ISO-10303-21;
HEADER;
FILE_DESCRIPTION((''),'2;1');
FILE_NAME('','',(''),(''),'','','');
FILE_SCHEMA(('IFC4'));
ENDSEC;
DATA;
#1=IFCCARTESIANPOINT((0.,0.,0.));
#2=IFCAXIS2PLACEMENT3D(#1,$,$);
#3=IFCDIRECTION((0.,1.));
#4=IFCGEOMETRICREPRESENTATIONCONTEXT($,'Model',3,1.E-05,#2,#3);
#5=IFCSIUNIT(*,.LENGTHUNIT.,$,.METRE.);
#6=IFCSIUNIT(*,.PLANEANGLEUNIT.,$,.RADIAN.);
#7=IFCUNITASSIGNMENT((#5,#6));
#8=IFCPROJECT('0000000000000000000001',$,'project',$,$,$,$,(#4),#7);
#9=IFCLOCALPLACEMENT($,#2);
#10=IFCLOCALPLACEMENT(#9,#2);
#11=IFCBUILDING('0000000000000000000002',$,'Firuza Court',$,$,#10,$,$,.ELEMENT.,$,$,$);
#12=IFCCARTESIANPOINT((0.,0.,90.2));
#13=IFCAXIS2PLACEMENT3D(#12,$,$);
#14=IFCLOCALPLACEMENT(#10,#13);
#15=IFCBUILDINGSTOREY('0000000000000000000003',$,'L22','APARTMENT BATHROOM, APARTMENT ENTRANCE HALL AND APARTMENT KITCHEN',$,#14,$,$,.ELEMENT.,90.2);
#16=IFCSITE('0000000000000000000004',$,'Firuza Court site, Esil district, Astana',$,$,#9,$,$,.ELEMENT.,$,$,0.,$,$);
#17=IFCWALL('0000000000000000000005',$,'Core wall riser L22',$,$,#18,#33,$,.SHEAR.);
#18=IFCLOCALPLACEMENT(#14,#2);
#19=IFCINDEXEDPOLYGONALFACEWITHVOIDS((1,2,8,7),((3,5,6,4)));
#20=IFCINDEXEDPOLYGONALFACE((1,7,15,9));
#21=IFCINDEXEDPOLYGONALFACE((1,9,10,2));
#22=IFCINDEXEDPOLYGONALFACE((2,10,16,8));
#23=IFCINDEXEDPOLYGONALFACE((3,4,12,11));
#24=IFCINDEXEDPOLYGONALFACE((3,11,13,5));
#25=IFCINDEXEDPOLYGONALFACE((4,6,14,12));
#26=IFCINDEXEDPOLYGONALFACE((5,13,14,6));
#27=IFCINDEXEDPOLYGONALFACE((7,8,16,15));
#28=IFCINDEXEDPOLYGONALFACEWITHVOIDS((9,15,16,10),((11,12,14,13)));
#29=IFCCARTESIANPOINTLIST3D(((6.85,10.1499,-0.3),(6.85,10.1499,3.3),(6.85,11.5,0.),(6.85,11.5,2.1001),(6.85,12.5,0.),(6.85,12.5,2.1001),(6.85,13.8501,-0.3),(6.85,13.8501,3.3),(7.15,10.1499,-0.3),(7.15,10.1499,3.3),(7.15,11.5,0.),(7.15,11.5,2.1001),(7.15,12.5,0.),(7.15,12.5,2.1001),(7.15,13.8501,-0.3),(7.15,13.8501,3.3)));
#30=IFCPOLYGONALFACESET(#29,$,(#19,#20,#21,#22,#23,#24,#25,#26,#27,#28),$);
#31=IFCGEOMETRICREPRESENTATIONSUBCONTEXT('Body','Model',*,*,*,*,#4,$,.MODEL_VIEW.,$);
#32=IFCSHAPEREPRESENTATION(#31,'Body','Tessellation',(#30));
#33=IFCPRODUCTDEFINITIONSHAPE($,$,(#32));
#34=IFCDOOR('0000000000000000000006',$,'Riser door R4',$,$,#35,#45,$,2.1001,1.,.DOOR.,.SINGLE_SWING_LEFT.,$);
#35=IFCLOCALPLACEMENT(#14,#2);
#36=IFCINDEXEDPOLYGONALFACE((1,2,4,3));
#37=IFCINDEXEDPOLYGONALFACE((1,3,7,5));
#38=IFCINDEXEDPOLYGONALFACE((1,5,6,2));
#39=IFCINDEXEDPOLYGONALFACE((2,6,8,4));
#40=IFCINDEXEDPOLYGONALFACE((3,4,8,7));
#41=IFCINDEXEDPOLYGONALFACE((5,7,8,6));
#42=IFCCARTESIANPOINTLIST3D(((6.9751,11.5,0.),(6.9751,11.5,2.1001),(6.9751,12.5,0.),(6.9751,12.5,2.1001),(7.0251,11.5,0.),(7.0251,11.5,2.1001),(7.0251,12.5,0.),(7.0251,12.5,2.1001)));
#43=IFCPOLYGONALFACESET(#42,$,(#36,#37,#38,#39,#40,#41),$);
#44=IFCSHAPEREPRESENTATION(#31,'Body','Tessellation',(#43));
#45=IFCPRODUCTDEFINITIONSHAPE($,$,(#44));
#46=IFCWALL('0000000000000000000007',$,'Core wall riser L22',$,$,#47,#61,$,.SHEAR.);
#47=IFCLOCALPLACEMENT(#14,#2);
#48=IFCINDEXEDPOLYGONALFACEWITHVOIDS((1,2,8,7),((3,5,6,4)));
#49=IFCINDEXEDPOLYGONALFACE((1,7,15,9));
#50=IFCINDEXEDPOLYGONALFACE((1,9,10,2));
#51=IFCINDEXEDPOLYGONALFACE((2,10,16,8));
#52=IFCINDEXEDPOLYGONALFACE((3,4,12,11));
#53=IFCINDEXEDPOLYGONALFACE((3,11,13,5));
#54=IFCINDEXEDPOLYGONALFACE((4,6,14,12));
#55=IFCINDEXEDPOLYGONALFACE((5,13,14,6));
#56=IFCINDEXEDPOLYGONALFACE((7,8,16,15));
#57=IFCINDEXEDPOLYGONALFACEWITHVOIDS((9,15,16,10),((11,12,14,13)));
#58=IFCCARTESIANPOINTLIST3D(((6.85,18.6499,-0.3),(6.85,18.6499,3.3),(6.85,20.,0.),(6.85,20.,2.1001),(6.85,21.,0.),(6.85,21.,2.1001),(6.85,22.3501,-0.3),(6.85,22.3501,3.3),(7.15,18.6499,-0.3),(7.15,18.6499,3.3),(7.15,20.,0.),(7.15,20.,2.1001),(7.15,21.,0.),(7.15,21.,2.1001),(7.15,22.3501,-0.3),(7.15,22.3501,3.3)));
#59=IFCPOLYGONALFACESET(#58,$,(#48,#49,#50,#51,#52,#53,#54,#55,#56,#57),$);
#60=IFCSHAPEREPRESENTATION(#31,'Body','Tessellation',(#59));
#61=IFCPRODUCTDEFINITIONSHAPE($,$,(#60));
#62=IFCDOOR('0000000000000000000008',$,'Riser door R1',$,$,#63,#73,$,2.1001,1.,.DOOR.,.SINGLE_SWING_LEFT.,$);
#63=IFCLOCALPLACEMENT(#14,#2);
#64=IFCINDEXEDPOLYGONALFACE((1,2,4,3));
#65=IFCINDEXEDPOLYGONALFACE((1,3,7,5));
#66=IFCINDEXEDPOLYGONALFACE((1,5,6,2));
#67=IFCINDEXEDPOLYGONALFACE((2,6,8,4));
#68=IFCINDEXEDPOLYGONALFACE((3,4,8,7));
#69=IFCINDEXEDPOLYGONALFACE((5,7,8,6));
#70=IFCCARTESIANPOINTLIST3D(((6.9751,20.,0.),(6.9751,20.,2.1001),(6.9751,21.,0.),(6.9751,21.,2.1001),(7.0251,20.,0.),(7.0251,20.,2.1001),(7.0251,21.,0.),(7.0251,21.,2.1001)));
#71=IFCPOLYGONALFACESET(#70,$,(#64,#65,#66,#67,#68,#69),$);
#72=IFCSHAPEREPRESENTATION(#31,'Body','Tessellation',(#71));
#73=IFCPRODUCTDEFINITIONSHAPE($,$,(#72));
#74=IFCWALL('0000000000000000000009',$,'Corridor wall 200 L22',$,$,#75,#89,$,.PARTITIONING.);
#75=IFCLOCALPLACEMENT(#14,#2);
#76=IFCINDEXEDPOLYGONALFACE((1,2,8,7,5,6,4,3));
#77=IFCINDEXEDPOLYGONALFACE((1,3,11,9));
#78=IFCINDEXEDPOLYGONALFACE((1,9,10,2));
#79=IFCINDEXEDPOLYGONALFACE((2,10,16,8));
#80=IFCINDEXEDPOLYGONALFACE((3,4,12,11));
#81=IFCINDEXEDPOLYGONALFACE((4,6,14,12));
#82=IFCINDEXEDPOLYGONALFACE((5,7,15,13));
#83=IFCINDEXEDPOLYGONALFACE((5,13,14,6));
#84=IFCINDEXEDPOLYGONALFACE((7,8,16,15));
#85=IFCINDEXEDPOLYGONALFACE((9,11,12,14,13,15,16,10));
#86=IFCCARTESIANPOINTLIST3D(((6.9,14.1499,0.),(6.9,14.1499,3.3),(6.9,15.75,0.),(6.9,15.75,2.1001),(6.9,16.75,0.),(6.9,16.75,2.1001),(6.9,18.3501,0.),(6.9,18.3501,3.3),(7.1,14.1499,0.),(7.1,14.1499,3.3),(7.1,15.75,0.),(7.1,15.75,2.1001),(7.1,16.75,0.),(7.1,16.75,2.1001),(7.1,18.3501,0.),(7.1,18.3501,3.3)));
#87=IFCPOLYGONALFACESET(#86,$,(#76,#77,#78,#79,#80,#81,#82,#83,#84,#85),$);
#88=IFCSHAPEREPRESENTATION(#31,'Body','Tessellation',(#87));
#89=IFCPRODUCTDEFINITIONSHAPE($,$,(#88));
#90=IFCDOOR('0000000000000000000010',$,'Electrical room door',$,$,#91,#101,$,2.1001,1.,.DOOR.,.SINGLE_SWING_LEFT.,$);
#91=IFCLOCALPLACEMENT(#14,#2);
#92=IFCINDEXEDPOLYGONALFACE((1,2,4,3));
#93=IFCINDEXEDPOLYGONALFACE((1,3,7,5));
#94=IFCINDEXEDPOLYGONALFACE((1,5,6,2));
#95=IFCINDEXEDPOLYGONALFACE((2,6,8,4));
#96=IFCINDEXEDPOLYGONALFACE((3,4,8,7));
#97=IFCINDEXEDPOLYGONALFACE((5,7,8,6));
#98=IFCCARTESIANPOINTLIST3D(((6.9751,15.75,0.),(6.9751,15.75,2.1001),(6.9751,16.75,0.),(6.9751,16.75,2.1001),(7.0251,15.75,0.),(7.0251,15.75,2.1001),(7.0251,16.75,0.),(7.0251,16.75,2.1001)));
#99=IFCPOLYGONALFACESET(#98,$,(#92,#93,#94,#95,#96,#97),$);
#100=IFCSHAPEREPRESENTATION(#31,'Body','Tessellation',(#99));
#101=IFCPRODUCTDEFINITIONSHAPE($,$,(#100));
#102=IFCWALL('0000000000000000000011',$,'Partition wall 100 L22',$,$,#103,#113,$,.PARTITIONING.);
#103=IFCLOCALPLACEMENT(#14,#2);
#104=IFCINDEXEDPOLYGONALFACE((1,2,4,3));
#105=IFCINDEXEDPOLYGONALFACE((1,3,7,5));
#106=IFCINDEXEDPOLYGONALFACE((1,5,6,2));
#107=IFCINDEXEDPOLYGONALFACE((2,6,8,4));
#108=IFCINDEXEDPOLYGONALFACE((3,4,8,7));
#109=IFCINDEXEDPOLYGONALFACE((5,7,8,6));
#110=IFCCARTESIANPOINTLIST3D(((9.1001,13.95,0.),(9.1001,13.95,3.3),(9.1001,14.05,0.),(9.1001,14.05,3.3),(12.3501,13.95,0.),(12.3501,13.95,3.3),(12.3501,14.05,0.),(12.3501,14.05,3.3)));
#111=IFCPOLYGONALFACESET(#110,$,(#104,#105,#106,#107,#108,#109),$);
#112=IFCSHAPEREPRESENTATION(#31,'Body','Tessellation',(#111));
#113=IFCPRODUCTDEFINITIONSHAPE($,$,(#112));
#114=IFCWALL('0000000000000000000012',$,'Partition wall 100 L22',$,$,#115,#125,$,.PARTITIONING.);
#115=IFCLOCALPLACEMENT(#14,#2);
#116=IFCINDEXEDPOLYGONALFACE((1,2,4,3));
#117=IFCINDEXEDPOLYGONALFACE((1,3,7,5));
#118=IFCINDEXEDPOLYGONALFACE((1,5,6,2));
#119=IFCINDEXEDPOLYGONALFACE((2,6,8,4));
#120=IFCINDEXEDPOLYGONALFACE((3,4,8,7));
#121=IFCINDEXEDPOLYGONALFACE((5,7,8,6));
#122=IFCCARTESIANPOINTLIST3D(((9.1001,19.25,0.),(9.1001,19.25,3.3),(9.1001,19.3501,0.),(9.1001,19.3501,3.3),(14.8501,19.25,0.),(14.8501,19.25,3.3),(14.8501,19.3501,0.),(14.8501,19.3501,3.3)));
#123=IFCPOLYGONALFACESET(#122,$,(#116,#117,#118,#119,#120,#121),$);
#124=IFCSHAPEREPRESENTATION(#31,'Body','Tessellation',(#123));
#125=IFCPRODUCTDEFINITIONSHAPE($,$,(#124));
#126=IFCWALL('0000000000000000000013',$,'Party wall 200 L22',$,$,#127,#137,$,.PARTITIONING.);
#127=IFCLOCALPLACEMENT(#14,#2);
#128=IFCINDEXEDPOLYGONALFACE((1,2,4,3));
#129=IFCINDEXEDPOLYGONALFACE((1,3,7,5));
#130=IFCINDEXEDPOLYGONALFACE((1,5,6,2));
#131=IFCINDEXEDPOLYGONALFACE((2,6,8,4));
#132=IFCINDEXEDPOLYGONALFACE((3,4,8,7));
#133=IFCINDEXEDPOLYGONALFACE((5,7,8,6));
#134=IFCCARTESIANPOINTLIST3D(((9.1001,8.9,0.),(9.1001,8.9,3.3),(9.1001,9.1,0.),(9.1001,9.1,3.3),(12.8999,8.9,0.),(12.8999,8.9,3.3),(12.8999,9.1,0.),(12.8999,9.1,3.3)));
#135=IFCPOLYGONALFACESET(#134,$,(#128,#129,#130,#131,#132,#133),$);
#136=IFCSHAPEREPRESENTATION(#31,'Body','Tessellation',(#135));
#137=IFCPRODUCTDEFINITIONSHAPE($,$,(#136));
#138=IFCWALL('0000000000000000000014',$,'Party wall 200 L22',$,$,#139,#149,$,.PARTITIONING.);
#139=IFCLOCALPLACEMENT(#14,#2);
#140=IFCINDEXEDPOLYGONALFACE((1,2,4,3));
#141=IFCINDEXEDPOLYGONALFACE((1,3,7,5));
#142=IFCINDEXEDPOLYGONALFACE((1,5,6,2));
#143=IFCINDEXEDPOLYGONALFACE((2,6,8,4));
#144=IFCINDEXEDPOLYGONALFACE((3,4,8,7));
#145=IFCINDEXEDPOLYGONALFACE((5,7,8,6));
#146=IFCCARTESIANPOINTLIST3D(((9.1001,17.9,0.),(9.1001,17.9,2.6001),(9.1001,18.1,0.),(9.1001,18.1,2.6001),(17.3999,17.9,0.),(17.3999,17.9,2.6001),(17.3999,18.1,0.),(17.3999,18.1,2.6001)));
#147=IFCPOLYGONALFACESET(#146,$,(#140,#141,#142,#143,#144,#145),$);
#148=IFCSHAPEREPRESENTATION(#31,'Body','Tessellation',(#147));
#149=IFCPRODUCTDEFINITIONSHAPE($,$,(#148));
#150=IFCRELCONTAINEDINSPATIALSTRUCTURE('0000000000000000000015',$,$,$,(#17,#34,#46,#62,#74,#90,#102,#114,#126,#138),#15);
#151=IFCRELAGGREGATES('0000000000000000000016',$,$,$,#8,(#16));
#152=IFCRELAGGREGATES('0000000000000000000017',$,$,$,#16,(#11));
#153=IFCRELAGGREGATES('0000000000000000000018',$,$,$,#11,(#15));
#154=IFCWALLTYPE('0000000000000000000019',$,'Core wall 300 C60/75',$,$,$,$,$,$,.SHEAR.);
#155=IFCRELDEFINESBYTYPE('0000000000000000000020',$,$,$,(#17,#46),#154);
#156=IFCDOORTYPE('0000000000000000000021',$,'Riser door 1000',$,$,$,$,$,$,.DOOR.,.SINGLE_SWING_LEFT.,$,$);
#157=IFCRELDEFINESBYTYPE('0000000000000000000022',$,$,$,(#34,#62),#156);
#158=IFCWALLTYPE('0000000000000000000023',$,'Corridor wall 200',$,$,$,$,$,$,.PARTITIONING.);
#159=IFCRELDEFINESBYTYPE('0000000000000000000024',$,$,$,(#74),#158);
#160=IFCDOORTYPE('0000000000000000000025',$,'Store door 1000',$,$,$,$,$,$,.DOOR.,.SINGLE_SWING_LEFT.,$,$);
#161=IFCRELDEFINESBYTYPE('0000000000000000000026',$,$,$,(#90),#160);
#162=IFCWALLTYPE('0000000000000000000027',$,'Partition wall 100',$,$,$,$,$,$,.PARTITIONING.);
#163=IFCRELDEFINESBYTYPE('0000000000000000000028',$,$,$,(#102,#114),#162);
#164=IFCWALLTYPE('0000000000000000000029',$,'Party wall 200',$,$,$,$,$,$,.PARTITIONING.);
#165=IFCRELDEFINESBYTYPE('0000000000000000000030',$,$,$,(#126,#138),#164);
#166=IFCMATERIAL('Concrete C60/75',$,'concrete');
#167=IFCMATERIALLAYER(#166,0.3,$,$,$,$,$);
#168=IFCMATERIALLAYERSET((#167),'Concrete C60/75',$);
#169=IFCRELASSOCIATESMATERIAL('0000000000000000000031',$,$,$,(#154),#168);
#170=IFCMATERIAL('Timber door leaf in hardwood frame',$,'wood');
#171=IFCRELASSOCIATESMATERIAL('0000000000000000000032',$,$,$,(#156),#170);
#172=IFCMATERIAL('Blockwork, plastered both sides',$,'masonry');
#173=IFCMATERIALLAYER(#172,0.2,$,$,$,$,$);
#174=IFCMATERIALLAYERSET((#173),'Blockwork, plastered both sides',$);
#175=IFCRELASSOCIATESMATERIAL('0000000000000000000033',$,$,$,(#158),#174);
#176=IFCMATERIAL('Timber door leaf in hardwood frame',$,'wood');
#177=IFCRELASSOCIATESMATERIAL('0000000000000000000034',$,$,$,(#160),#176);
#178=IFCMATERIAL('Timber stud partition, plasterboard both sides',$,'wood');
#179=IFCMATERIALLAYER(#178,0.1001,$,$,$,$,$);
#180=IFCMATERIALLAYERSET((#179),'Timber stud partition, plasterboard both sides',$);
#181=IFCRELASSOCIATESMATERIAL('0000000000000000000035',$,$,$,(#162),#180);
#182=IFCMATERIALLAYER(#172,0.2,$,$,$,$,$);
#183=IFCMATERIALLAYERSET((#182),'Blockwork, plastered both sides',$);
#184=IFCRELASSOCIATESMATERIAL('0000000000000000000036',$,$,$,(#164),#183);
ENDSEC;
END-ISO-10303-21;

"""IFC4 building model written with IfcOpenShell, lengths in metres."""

from ifc_helpers import new_model, si_unit, direction, frame, frame_2d, origin, place, context, subcontext, project, spatial, rectangle, extrude, material, layer, layer_set, type_object, element, fill, save


model = new_model("IFC4")

# Units and contexts
model_context = context("Model", 3, precision=1e-05, world=origin(), true_north=direction((0.0, 1.0)))
body_context = subcontext(model_context, "Body", "Model", "MODEL_VIEW")
ifc_project = project(units=[si_unit("LENGTHUNIT", "METRE"), si_unit("PLANEANGLEUNIT", "RADIAN")], contexts=[model_context])

# Site, building, storey
site_placement = place(None, origin())
site = spatial("IfcSite", under=ifc_project, at=site_placement, Name="Firuza Court site, Esil district, Astana", CompositionType="ELEMENT", RefElevation=0.0)
building_placement = place(site_placement, origin())
building = spatial("IfcBuilding", under=site, at=building_placement, Name="Firuza Court", CompositionType="ELEMENT")
storey_placement = place(building_placement, frame((0.0, 0.0, 90.2)))
storey = spatial("IfcBuildingStorey", under=building, at=storey_placement, Name="L22", Description="APARTMENT BATHROOM, APARTMENT ENTRANCE HALL AND APARTMENT KITCHEN", CompositionType="ELEMENT", Elevation=90.2)

# Shared definitions
ifc_material_1 = material(Name="Concrete C60/75", Category="concrete")
ifc_layer_1 = layer(ifc_material_1, 0.3)
ifc_layer_set_1 = layer_set([ifc_layer_1], Name="Concrete C60/75")
wall_type_1 = type_object("IfcWallType", Name="Core wall 300 C60/75", PredefinedType="SHEAR", material=ifc_layer_set_1)

# Walls, openings, doors
wall_1_placement = place(storey_placement, frame((7.0, 10.1499, -0.3), z_axis=(0.0, 0.0, 1.0), x_axis=(0.0, 1.0, 0.0)))
wall_1 = element("IfcWall", 1, at=wall_1_placement, inside=storey, type_object=wall_type_1, Name="Core wall riser L22", PredefinedType="SHEAR", context=body_context, shape_type="SweptSolid", body=[
    extrude(rectangle(XDim=3.7002, YDim=0.3, at=frame_2d((1.8501, 0.0))), origin(), (0.0, 0.0, 1.0), 3.6001),
])
opening_1_placement = place(wall_1_placement, frame((1.3501, 0.0, 0.3)))
opening_1 = element("IfcOpeningElement", 2, at=opening_1_placement, cuts=wall_1, PredefinedType="OPENING", context=body_context, shape_type="SweptSolid", body=[
    extrude(rectangle(XDim=1.0, YDim=2.1001, at=frame_2d((0.5, 1.05))), frame((0.0, 0.1621, 0.0), z_axis=(0.0, -1.0, 0.0), x_axis=(1.0, 0.0, 0.0)), (0.0, 0.0, 1.0), 0.324),
])
ifc_material_2 = material(Name="Timber door leaf in hardwood frame", Category="wood")
door_type_1 = type_object("IfcDoorType", Name="Riser door 1000", OperationType="SINGLE_SWING_LEFT", PredefinedType="DOOR", material=ifc_material_2)
door_1_placement = place(opening_1_placement, origin())
door_1 = element("IfcDoor", 3, at=door_1_placement, inside=storey, type_object=door_type_1, Name="Riser door R4", OperationType="SINGLE_SWING_LEFT", OverallHeight=2.1001, OverallWidth=1.0, PredefinedType="DOOR", context=body_context, shape_type="SweptSolid", body=[
    extrude(rectangle(XDim=1.0, YDim=2.1001, at=frame_2d((0.5, 1.05))), frame((0.0, 0.0249, 0.0), z_axis=(0.0, -1.0, 0.0), x_axis=(1.0, 0.0, 0.0)), (0.0, 0.0, 1.0), 0.05),
])
fill(opening_1, door_1)
wall_2_placement = place(storey_placement, frame((7.0, 18.6499, -0.3), z_axis=(0.0, 0.0, 1.0), x_axis=(0.0, 1.0, 0.0)))
wall_2 = element("IfcWall", 4, at=wall_2_placement, inside=storey, type_object=wall_type_1, Name="Core wall riser L22", PredefinedType="SHEAR", context=body_context, shape_type="SweptSolid", body=[
    extrude(rectangle(XDim=3.7002, YDim=0.3, at=frame_2d((1.8501, 0.0))), origin(), (0.0, 0.0, 1.0), 3.6001),
])
opening_2_placement = place(wall_2_placement, frame((1.3501, 0.0, 0.3)))
opening_2 = element("IfcOpeningElement", 5, at=opening_2_placement, cuts=wall_2, PredefinedType="OPENING", context=body_context, shape_type="SweptSolid", body=[
    extrude(rectangle(XDim=1.0, YDim=2.1001, at=frame_2d((0.5, 1.05))), frame((0.0, 0.1621, 0.0), z_axis=(0.0, -1.0, 0.0), x_axis=(1.0, 0.0, 0.0)), (0.0, 0.0, 1.0), 0.324),
])
door_2_placement = place(opening_2_placement, origin())
door_2 = element("IfcDoor", 6, at=door_2_placement, inside=storey, type_object=door_type_1, Name="Riser door R1", OperationType="SINGLE_SWING_LEFT", OverallHeight=2.1001, OverallWidth=1.0, PredefinedType="DOOR", context=body_context, shape_type="SweptSolid", body=[
    extrude(rectangle(XDim=1.0, YDim=2.1001, at=frame_2d((0.5, 1.05))), frame((0.0, 0.0249, 0.0), z_axis=(0.0, -1.0, 0.0), x_axis=(1.0, 0.0, 0.0)), (0.0, 0.0, 1.0), 0.05),
])
fill(opening_2, door_2)
ifc_material_3 = material(Name="Blockwork, plastered both sides", Category="masonry")
ifc_layer_2 = layer(ifc_material_3, 0.2)
ifc_layer_set_2 = layer_set([ifc_layer_2], Name="Blockwork, plastered both sides")
wall_type_2 = type_object("IfcWallType", Name="Corridor wall 200", PredefinedType="PARTITIONING", material=ifc_layer_set_2)
wall_3_placement = place(storey_placement, frame((7.0, 14.1499, 0.0), z_axis=(0.0, 0.0, 1.0), x_axis=(0.0, 1.0, 0.0)))
wall_3 = element("IfcWall", 7, at=wall_3_placement, inside=storey, type_object=wall_type_2, Name="Corridor wall 200 L22", PredefinedType="PARTITIONING", context=body_context, shape_type="SweptSolid", body=[
    extrude(rectangle(XDim=4.2002, YDim=0.2, at=frame_2d((2.1001, 0.0))), origin(), (0.0, 0.0, 1.0), 3.3),
])
opening_3_placement = place(wall_3_placement, frame((1.6001, 0.0, 0.0)))
opening_3 = element("IfcOpeningElement", 8, at=opening_3_placement, cuts=wall_3, PredefinedType="OPENING", context=body_context, shape_type="SweptSolid", body=[
    extrude(rectangle(XDim=1.0, YDim=2.1001, at=frame_2d((0.5, 1.05))), frame((0.0, 0.1118, 0.0), z_axis=(0.0, -1.0, 0.0), x_axis=(1.0, 0.0, 0.0)), (0.0, 0.0, 1.0), 0.2239),
])
ifc_material_4 = material(Name="Timber door leaf in hardwood frame", Category="wood")
door_type_2 = type_object("IfcDoorType", Name="Store door 1000", OperationType="SINGLE_SWING_LEFT", PredefinedType="DOOR", material=ifc_material_4)
door_3_placement = place(opening_3_placement, origin())
door_3 = element("IfcDoor", 9, at=door_3_placement, inside=storey, type_object=door_type_2, Name="Electrical room door", OperationType="SINGLE_SWING_LEFT", OverallHeight=2.1001, OverallWidth=1.0, PredefinedType="DOOR", context=body_context, shape_type="SweptSolid", body=[
    extrude(rectangle(XDim=1.0, YDim=2.1001, at=frame_2d((0.5, 1.05))), frame((0.0, 0.0249, 0.0), z_axis=(0.0, -1.0, 0.0), x_axis=(1.0, 0.0, 0.0)), (0.0, 0.0, 1.0), 0.05),
])
fill(opening_3, door_3)

# Walls
ifc_material_5 = material(Name="Timber stud partition, plasterboard both sides", Category="wood")
ifc_layer_3 = layer(ifc_material_5, 0.1001)
ifc_layer_set_3 = layer_set([ifc_layer_3], Name="Timber stud partition, plasterboard both sides")
wall_type_3 = type_object("IfcWallType", Name="Partition wall 100", PredefinedType="PARTITIONING", material=ifc_layer_set_3)
wall_4_placement = place(storey_placement, frame((9.1001, 14.0, 0.0), z_axis=(0.0, 0.0, 1.0), x_axis=(1.0, 0.0, 0.0)))
element("IfcWall", 10, at=wall_4_placement, inside=storey, type_object=wall_type_3, Name="Partition wall 100 L22", PredefinedType="PARTITIONING", context=body_context, shape_type="SweptSolid", body=[
    extrude(rectangle(XDim=3.25, YDim=0.1001, at=frame_2d((1.625, 0.0))), origin(), (0.0, 0.0, 1.0), 3.3),
])
wall_5_placement = place(storey_placement, frame((9.1001, 19.3, 0.0), z_axis=(0.0, 0.0, 1.0), x_axis=(1.0, 0.0, 0.0)))
element("IfcWall", 11, at=wall_5_placement, inside=storey, type_object=wall_type_3, Name="Partition wall 100 L22", PredefinedType="PARTITIONING", context=body_context, shape_type="SweptSolid", body=[
    extrude(rectangle(XDim=5.75, YDim=0.1001, at=frame_2d((2.875, 0.0))), origin(), (0.0, 0.0, 1.0), 3.3),
])
ifc_layer_4 = layer(ifc_material_3, 0.2)
ifc_layer_set_4 = layer_set([ifc_layer_4], Name="Blockwork, plastered both sides")
wall_type_4 = type_object("IfcWallType", Name="Party wall 200", PredefinedType="PARTITIONING", material=ifc_layer_set_4)
wall_6_placement = place(storey_placement, frame((9.1001, 9.0, 0.0), z_axis=(0.0, 0.0, 1.0), x_axis=(1.0, 0.0, 0.0)))
element("IfcWall", 12, at=wall_6_placement, inside=storey, type_object=wall_type_4, Name="Party wall 200 L22", PredefinedType="PARTITIONING", context=body_context, shape_type="SweptSolid", body=[
    extrude(rectangle(XDim=3.7998, YDim=0.2, at=frame_2d((1.8999, 0.0))), origin(), (0.0, 0.0, 1.0), 3.3),
])
wall_7_placement = place(storey_placement, frame((9.1001, 18.0, 0.0), z_axis=(0.0, 0.0, 1.0), x_axis=(1.0, 0.0, 0.0)))
element("IfcWall", 13, at=wall_7_placement, inside=storey, type_object=wall_type_4, Name="Party wall 200 L22", PredefinedType="PARTITIONING", context=body_context, shape_type="SweptSolid", body=[
    extrude(rectangle(XDim=8.2998, YDim=0.2, at=frame_2d((4.1499, 0.0))), origin(), (0.0, 0.0, 1.0), 2.6001),
])

save(model, "model.ifc")
